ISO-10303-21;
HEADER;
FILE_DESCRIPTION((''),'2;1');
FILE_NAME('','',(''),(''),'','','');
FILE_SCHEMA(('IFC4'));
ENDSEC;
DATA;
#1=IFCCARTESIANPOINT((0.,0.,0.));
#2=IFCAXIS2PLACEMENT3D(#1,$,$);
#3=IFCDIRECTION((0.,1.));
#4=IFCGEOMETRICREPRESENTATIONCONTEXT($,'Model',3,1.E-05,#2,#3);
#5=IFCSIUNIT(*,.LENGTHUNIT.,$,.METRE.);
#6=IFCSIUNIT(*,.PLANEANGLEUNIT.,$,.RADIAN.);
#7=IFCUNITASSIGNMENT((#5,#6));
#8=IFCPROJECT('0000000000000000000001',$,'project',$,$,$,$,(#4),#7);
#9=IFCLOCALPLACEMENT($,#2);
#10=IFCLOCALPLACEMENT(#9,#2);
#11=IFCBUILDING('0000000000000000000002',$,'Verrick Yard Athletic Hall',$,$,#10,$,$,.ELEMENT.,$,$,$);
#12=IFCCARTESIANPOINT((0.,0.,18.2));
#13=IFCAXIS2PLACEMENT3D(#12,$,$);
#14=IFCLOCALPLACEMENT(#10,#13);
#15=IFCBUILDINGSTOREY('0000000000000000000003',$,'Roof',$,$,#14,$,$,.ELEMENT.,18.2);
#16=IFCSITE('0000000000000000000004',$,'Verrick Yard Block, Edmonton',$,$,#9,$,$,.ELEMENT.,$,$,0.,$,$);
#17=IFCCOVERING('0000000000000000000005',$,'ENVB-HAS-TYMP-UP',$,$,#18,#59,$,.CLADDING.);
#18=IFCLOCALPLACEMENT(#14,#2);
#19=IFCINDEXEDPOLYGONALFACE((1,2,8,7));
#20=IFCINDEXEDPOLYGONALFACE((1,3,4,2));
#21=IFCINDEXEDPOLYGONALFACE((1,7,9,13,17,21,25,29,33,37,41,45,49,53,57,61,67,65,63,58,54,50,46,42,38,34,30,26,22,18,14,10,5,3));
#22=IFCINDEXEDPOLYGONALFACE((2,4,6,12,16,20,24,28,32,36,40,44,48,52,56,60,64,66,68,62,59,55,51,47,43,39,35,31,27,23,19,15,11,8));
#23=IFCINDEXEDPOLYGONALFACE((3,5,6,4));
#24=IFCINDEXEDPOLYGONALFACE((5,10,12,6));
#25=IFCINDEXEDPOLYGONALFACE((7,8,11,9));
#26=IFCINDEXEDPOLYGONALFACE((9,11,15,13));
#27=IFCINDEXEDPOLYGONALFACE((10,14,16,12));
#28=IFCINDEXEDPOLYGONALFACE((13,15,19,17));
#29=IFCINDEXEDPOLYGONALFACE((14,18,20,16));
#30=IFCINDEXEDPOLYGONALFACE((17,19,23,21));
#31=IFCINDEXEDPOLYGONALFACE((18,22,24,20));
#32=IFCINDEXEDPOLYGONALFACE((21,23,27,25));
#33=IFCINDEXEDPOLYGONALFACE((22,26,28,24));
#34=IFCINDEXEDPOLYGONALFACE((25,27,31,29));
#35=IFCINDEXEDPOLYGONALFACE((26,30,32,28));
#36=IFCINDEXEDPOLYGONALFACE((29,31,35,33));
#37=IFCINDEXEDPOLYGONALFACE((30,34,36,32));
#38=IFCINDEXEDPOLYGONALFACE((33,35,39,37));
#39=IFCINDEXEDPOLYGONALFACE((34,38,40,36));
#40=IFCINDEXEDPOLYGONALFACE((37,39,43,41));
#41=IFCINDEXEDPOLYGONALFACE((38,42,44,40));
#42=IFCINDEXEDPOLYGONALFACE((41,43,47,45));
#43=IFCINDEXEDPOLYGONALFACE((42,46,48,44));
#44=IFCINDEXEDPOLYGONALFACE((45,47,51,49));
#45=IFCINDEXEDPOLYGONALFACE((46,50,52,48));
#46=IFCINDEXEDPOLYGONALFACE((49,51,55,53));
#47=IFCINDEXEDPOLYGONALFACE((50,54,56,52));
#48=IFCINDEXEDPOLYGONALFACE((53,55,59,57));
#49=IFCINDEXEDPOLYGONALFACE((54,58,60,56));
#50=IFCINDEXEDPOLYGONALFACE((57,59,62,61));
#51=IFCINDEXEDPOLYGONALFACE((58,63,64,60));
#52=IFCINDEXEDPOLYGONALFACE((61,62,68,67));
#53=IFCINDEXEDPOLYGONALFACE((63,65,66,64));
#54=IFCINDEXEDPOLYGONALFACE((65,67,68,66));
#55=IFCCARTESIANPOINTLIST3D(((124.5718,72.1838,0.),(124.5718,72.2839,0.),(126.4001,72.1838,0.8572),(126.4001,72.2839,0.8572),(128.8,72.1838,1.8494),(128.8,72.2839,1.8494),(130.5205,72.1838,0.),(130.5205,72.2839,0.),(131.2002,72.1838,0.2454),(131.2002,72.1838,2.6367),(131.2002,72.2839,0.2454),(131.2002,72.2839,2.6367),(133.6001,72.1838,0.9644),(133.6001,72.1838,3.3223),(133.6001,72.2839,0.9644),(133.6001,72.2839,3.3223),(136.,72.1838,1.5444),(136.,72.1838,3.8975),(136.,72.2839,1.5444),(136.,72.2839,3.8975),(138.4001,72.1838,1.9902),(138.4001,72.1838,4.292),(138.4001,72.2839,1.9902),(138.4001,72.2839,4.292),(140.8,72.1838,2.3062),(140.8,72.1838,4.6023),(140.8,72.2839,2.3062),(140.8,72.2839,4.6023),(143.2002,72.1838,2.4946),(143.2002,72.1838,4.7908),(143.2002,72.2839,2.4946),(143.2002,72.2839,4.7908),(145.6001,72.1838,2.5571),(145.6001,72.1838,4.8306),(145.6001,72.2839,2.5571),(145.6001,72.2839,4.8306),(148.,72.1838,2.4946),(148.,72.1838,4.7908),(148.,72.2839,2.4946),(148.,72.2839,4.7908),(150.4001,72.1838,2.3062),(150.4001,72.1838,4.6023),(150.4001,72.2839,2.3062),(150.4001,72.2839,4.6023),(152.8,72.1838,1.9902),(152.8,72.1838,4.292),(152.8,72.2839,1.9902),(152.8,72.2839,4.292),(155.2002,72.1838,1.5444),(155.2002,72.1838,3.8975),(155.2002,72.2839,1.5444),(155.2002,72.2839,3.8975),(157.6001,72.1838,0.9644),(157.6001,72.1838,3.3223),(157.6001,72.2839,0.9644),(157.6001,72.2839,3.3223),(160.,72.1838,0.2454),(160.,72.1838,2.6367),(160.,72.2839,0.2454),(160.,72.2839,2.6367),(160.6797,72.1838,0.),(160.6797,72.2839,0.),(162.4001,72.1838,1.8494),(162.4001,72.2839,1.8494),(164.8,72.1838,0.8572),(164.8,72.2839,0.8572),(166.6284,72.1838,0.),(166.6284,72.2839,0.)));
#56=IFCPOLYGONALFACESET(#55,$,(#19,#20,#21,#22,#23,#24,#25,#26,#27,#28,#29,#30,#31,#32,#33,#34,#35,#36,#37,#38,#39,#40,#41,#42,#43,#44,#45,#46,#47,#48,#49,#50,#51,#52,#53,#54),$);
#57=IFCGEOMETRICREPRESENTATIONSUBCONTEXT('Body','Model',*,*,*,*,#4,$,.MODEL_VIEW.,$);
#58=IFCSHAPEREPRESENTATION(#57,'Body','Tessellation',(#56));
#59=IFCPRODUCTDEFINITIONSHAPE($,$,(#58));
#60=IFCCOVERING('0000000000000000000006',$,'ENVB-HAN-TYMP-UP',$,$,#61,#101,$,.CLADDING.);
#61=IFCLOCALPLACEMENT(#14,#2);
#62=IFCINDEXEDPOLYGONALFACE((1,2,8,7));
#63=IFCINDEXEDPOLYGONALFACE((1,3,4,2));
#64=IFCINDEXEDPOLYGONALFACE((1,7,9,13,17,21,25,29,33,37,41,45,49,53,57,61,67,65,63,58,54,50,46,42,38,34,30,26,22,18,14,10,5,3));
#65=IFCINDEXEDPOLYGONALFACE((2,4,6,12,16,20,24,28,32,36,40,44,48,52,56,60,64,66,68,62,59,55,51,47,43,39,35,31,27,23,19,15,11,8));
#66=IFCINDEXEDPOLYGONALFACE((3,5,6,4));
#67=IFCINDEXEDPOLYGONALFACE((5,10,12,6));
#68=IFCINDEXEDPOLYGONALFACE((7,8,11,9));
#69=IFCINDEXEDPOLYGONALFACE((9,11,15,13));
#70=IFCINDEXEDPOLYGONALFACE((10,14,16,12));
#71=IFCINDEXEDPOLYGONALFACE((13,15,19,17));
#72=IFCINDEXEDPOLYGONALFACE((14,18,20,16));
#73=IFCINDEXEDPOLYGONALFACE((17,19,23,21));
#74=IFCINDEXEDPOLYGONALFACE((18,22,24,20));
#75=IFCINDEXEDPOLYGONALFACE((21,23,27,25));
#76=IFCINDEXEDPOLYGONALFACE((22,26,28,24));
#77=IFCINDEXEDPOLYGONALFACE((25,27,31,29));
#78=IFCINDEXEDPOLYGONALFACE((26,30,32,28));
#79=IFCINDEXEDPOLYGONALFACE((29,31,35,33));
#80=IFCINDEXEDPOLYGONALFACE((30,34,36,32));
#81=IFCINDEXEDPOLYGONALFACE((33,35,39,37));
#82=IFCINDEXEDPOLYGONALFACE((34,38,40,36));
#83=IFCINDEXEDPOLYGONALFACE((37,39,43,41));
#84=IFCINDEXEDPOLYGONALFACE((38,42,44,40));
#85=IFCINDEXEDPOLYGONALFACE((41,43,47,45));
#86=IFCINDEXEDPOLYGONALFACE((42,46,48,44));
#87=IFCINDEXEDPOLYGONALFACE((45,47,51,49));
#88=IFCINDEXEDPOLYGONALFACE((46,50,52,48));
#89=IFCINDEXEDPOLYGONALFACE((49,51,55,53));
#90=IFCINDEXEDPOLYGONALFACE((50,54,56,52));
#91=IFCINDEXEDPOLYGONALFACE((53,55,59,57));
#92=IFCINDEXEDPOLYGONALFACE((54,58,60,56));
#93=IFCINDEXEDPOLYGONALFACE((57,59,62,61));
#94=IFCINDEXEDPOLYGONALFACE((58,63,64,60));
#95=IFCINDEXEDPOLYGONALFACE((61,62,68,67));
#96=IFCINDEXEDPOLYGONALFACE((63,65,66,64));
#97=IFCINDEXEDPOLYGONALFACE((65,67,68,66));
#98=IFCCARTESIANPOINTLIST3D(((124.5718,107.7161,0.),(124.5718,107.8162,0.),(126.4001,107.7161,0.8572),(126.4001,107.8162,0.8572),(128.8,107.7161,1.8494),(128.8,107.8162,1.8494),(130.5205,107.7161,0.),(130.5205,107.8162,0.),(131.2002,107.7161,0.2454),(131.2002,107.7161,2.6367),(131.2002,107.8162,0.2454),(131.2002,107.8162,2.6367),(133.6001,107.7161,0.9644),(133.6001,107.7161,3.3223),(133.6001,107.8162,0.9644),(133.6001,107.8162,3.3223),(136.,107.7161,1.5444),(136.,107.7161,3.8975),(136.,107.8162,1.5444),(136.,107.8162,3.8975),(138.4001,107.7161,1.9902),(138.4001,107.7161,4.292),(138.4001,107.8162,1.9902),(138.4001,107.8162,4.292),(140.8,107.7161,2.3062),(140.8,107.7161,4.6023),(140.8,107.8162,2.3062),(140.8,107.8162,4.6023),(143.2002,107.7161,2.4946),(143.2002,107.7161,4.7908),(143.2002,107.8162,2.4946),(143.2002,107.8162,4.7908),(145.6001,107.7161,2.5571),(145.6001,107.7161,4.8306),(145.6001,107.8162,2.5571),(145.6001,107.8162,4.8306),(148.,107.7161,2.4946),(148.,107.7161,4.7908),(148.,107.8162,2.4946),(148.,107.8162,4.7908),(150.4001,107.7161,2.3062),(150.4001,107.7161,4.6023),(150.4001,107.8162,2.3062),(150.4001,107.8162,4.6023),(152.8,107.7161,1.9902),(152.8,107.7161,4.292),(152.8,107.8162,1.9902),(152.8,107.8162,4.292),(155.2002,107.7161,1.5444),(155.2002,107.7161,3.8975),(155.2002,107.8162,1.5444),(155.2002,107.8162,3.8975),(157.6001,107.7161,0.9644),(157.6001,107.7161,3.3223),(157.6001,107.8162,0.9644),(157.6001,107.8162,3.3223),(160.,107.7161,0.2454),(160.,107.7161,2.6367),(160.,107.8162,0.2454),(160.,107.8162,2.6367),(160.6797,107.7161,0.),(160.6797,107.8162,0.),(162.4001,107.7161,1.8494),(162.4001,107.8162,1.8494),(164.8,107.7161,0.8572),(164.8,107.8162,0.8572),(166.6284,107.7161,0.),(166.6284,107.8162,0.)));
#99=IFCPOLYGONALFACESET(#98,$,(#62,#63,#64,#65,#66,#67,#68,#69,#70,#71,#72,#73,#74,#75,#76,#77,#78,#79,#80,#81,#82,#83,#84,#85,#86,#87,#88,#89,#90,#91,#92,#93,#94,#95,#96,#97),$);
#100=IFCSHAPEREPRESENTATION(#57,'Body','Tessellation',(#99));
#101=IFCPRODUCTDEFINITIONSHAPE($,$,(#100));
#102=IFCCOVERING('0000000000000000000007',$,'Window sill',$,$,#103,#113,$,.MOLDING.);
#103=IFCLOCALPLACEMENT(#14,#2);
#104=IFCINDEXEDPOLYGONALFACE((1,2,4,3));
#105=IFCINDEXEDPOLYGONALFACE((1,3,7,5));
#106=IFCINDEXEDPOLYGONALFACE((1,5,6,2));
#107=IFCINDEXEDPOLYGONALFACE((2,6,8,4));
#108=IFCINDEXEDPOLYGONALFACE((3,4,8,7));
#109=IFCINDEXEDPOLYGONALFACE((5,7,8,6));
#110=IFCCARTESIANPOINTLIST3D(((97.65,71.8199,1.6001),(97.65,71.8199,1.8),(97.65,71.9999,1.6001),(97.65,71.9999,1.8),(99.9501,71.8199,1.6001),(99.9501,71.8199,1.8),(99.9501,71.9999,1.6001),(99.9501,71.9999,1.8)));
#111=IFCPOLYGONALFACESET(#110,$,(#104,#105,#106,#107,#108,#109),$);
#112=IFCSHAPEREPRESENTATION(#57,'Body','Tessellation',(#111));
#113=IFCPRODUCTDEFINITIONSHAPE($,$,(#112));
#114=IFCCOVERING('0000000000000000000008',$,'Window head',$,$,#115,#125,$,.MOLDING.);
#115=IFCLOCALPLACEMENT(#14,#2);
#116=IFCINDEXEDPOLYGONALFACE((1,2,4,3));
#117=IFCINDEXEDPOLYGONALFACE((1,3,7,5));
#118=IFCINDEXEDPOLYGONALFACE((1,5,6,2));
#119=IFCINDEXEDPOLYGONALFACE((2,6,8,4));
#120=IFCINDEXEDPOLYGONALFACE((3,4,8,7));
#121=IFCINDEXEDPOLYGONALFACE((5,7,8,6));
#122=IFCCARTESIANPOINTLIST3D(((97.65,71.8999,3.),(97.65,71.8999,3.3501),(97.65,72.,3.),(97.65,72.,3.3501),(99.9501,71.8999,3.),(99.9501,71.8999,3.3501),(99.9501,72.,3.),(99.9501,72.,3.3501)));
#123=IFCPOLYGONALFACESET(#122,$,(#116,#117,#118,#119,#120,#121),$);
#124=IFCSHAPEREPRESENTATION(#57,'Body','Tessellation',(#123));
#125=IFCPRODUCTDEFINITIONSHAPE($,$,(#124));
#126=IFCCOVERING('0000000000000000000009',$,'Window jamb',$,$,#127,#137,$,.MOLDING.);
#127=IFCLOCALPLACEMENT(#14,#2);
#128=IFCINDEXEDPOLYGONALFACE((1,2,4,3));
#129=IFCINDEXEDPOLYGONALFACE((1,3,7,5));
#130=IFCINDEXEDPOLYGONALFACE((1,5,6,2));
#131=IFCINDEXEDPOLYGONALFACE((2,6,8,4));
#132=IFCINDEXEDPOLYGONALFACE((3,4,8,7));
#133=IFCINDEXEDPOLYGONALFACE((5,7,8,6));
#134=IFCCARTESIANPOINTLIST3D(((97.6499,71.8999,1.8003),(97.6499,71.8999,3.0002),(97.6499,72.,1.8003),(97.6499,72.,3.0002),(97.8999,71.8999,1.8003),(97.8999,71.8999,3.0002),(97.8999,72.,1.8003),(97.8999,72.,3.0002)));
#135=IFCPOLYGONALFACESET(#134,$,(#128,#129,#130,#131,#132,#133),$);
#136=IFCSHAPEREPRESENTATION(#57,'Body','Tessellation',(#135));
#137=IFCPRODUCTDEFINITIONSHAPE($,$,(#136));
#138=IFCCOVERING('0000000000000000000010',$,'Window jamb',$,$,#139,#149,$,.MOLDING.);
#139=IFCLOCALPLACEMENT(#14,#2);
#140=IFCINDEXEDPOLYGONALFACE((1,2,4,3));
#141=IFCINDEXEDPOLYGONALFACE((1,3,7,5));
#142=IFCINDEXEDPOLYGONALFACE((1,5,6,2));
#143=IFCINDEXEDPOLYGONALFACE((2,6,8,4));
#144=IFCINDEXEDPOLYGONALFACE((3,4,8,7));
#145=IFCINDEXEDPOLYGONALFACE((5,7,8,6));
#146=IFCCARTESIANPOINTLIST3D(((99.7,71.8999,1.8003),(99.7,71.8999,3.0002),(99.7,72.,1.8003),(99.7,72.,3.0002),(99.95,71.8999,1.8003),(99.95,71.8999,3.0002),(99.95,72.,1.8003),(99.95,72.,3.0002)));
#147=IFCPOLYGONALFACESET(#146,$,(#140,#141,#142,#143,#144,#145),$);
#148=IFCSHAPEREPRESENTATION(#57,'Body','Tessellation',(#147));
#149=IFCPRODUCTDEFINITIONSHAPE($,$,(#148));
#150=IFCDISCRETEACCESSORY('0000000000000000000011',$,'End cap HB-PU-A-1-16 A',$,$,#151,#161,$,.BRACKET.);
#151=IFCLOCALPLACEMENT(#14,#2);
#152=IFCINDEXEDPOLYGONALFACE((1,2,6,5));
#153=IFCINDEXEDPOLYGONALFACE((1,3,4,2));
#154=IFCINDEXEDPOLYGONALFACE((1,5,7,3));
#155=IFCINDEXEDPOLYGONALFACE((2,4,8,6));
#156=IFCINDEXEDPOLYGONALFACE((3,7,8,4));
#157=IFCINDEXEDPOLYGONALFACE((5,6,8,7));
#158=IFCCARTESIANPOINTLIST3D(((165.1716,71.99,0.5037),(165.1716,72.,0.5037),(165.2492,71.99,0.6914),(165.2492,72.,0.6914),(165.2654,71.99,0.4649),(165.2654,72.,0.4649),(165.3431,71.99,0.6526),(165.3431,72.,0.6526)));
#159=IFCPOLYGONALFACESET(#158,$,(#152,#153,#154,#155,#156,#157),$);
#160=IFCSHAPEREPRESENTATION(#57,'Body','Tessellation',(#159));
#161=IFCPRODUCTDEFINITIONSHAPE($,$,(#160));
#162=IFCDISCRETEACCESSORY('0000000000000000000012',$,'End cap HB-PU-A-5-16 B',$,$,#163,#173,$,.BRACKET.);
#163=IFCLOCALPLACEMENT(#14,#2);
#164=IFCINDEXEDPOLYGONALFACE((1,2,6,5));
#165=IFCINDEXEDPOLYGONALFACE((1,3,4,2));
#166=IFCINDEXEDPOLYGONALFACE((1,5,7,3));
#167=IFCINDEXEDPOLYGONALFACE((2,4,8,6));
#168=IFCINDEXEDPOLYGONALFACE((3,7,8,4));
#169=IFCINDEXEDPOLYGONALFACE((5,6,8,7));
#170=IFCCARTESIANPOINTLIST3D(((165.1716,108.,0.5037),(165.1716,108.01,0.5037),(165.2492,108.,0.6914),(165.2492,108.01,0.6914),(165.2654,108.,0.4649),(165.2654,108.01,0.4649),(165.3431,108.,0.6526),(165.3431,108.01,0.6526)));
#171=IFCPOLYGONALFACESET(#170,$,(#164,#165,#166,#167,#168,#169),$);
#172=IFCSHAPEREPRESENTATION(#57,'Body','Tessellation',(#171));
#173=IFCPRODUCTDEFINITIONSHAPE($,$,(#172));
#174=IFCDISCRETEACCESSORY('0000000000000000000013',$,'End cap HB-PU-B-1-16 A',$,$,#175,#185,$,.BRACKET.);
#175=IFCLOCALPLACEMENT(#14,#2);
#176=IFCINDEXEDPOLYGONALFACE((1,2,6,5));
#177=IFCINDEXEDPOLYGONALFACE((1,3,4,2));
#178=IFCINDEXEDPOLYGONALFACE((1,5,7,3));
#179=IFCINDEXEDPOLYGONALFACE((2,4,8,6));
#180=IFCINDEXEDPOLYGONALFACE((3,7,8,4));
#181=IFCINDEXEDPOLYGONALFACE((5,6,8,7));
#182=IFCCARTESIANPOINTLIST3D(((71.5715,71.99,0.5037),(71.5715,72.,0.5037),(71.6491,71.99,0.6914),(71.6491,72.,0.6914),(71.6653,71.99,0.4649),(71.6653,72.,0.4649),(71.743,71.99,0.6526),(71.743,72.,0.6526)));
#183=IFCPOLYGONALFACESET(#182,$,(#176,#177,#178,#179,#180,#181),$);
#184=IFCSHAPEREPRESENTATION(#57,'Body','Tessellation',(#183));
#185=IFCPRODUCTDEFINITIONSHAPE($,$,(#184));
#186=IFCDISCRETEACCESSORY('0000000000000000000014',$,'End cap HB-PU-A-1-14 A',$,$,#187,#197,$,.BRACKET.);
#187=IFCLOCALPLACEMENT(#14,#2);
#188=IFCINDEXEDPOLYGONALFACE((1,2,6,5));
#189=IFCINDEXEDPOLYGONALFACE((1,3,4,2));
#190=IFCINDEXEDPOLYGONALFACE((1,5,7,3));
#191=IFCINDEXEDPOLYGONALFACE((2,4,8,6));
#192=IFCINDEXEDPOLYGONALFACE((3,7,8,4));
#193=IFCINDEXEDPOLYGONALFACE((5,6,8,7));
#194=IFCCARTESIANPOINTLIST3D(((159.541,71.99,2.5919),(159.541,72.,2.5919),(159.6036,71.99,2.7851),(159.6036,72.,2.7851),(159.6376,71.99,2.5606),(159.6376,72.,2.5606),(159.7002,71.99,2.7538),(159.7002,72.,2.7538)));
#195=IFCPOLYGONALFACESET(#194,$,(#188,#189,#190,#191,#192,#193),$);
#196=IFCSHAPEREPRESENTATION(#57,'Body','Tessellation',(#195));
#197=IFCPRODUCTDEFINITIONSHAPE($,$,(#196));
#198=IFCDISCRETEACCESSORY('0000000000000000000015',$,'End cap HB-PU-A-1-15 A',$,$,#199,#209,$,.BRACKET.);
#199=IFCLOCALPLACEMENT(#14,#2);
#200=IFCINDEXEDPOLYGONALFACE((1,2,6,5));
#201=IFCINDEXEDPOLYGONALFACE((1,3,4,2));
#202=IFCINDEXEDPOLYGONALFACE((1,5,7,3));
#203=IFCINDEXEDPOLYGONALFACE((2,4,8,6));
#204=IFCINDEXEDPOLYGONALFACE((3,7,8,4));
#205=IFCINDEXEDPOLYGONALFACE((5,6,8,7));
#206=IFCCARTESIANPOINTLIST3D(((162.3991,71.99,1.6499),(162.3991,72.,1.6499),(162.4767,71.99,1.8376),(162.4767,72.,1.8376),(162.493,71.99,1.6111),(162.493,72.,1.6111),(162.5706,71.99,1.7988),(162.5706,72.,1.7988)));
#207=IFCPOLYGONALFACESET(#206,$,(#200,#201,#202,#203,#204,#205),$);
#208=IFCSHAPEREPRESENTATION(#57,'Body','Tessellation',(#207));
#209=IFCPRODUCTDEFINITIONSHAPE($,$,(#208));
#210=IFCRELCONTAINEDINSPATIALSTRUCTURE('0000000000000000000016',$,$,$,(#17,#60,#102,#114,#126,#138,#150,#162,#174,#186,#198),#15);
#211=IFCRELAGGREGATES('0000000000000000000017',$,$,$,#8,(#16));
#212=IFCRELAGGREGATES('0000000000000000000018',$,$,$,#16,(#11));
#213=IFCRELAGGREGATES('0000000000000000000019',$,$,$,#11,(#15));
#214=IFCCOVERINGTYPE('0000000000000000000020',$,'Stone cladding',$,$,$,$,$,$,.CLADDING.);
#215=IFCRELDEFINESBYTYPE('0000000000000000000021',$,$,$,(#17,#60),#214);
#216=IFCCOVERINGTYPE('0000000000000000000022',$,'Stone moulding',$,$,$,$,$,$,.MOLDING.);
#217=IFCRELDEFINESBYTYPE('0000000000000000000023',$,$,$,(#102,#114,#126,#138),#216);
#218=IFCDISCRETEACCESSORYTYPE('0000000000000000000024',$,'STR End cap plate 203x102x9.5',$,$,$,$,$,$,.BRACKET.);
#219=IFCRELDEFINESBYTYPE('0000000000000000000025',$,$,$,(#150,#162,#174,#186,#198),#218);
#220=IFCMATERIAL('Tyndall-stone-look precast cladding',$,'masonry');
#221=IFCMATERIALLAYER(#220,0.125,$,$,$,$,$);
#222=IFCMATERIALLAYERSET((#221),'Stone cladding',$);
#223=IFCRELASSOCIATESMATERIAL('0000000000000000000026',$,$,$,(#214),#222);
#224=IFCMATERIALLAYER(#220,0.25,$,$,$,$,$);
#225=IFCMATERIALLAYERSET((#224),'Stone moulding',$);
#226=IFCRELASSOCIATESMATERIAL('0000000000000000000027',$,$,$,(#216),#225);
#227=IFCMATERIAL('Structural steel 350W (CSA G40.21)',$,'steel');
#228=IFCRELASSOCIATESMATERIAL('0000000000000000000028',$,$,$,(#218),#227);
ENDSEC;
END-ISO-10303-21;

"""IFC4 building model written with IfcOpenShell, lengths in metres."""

from ifc_helpers import new_model, si_unit, direction, frame, origin, origin_2d, place, context, subcontext, project, spatial, polyline, rectangle, outline, extrude, material, layer, layer_set, material_profile, profile_set, type_object, element, save


model = new_model("IFC4")

# Units and contexts
model_context = context("Model", 3, precision=1e-05, world=origin(), true_north=direction((0.0, 1.0)))
body_context = subcontext(model_context, "Body", "Model", "MODEL_VIEW")
ifc_project = project(units=[si_unit("LENGTHUNIT", "METRE"), si_unit("PLANEANGLEUNIT", "RADIAN")], contexts=[model_context])

# Site, building, storey
site_placement = place(None, origin())
site = spatial("IfcSite", under=ifc_project, at=site_placement, Name="Verrick Yard Block, Edmonton", CompositionType="ELEMENT", RefElevation=0.0)
building_placement = place(site_placement, origin())
building = spatial("IfcBuilding", under=site, at=building_placement, Name="Verrick Yard Athletic Hall", CompositionType="ELEMENT")
storey_placement = place(building_placement, frame((0.0, 0.0, 18.2)))
storey = spatial("IfcBuildingStorey", under=building, at=storey_placement, Name="Roof", CompositionType="ELEMENT", Elevation=18.2)

# Coverings
ifc_material_1 = material(Name="Tyndall-stone-look precast cladding", Category="masonry")
ifc_layer_1 = layer(ifc_material_1, 0.125)
ifc_layer_set_1 = layer_set([ifc_layer_1], Name="Stone cladding")
covering_type_1 = type_object("IfcCoveringType", Name="Stone cladding", PredefinedType="CLADDING", material=ifc_layer_set_1)
for number, where, z_axis, x_axis, name in (
    (1, (121.6001, 72.2339, 0.0), (0.0, 0.0, 1.0), (1.0, 0.0, 0.0), "ENVB-HAS-TYMP-UP"),
    (2, (121.6001, 107.7661, 0.0), (0.0, 0.0, 1.0), (1.0, 0.0, 0.0), "ENVB-HAN-TYMP-UP"),
):
    element("IfcCovering", number, at=place(storey_placement, frame(where, z_axis=z_axis, x_axis=x_axis)), inside=storey, type_object=covering_type_1, Name=name, PredefinedType="CLADDING", context=body_context, shape_type="SweptSolid", body=[
        extrude(outline(polyline([(4.8, 0.8572), (7.2, 1.8494), (9.6001, 2.6367), (12.0, 3.3223), (14.3999, 3.8975), (16.8, 4.292), (19.2, 4.6023), (21.6001, 4.7908), (24.0, 4.8306), (26.3999, 4.7908), (28.8, 4.6023), (31.2, 4.292), (33.6001, 3.8975), (36.0, 3.3223), (38.3999, 2.6367), (40.8, 1.8494), (43.2, 0.8572), (45.0283, 0.0), (39.0796, 0.0), (38.3999, 0.2454), (36.0, 0.9644), (33.6001, 1.5444), (31.2, 1.9902), (28.8, 2.3062), (26.3999, 2.4946), (24.0, 2.5571), (21.6001, 2.4946), (19.2, 2.3062), (16.8, 1.9902), (14.3999, 1.5444), (12.0, 0.9644), (9.6001, 0.2454), (8.9204, 0.0), (2.9717, 0.0), (4.8, 0.8572)])), frame((0.0, 0.05, 0.0), z_axis=(0.0, -1.0, 0.0), x_axis=(1.0, 0.0, 0.0)), (0.0, 0.0, 1.0), 0.1001),
    ])
ifc_layer_2 = layer(ifc_material_1, 0.25)
ifc_layer_set_2 = layer_set([ifc_layer_2], Name="Stone moulding")
covering_type_2 = type_object("IfcCoveringType", Name="Stone moulding", PredefinedType="MOLDING", material=ifc_layer_set_2)
covering_1_placement = place(storey_placement, frame((98.8, 71.9099, 1.6001), z_axis=(0.0, 0.0, 1.0), x_axis=(1.0, 0.0, 0.0)))
element("IfcCovering", 3, at=covering_1_placement, inside=storey, type_object=covering_type_2, Name="Window sill", PredefinedType="MOLDING", context=body_context, shape_type="SweptSolid", body=[
    extrude(rectangle(XDim=2.3, YDim=0.1799, at=origin_2d()), origin(), (0.0, 0.0, 1.0), 0.2),
])
covering_2_placement = place(storey_placement, frame((98.8, 71.95, 3.0), z_axis=(0.0, 0.0, 1.0), x_axis=(1.0, 0.0, 0.0)))
element("IfcCovering", 4, at=covering_2_placement, inside=storey, type_object=covering_type_2, Name="Window head", PredefinedType="MOLDING", context=body_context, shape_type="SweptSolid", body=[
    extrude(rectangle(XDim=2.3, YDim=0.1001, at=origin_2d()), origin(), (0.0, 0.0, 1.0), 0.3501),
])
for number, where, z_axis, x_axis, name in (
    (5, (97.7749, 71.95, 1.8003), (0.0, 0.0, 1.0), (1.0, 0.0, 0.0), "Window jamb"),
    (6, (99.825, 71.95, 1.8003), (0.0, 0.0, 1.0), (1.0, 0.0, 0.0), "Window jamb"),
):
    element("IfcCovering", number, at=place(storey_placement, frame(where, z_axis=z_axis, x_axis=x_axis)), inside=storey, type_object=covering_type_2, Name=name, PredefinedType="MOLDING", context=body_context, shape_type="SweptSolid", body=[
        extrude(rectangle(XDim=0.25, YDim=0.1001, at=origin_2d()), origin(), (0.0, 0.0, 1.0), 1.2),
    ])

# Discrete accessories
ifc_material_2 = material(Name="Structural steel 350W (CSA G40.21)", Category="steel")
ifc_material_profile_1 = material_profile(ifc_material_2, rectangle(XDim=0.1016, YDim=0.2031, at=origin_2d()), Name="STR End cap plate 203x102x9.5")
ifc_profile_set_1 = profile_set([ifc_material_profile_1], Name="Structural steel 350W (CSA G40.21)")
discrete_accessory_type_1 = type_object("IfcDiscreteAccessoryType", Name="STR End cap plate 203x102x9.5", PredefinedType="BRACKET", material=ifc_profile_set_1)
for number, where, z_axis, x_axis, name in (
    (7, (165.2573, 71.99, 0.5781), (0.0, 1.0, 0.0), (-0.924123, 0.0, 0.382096), "End cap HB-PU-A-1-16 A"),
    (8, (165.2573, 108.0, 0.5781), (0.0, 1.0, 0.0), (-0.924123, 0.0, 0.382096), "End cap HB-PU-A-5-16 B"),
    (9, (71.6572, 71.99, 0.5781), (0.0, 1.0, 0.0), (-0.924123, 0.0, 0.382096), "End cap HB-PU-B-1-16 A"),
    (10, (159.6206, 71.99, 2.6729), (0.0, 1.0, 0.0), (-0.951214, 0.0, 0.308533), "End cap HB-PU-A-1-14 A"),
    (11, (162.4849, 71.99, 1.7244), (0.0, 1.0, 0.0), (-0.924123, 0.0, 0.382096), "End cap HB-PU-A-1-15 A"),
):
    element("IfcDiscreteAccessory", number, at=place(storey_placement, frame(where, z_axis=z_axis, x_axis=x_axis)), inside=storey, type_object=discrete_accessory_type_1, Name=name, PredefinedType="BRACKET", context=body_context, shape_type="SweptSolid", body=[
        extrude(rectangle(XDim=0.1016, YDim=0.2031, at=origin_2d()), origin(), (0.0, 0.0, 1.0), 0.01),
    ])

save(model, "model.ifc")
